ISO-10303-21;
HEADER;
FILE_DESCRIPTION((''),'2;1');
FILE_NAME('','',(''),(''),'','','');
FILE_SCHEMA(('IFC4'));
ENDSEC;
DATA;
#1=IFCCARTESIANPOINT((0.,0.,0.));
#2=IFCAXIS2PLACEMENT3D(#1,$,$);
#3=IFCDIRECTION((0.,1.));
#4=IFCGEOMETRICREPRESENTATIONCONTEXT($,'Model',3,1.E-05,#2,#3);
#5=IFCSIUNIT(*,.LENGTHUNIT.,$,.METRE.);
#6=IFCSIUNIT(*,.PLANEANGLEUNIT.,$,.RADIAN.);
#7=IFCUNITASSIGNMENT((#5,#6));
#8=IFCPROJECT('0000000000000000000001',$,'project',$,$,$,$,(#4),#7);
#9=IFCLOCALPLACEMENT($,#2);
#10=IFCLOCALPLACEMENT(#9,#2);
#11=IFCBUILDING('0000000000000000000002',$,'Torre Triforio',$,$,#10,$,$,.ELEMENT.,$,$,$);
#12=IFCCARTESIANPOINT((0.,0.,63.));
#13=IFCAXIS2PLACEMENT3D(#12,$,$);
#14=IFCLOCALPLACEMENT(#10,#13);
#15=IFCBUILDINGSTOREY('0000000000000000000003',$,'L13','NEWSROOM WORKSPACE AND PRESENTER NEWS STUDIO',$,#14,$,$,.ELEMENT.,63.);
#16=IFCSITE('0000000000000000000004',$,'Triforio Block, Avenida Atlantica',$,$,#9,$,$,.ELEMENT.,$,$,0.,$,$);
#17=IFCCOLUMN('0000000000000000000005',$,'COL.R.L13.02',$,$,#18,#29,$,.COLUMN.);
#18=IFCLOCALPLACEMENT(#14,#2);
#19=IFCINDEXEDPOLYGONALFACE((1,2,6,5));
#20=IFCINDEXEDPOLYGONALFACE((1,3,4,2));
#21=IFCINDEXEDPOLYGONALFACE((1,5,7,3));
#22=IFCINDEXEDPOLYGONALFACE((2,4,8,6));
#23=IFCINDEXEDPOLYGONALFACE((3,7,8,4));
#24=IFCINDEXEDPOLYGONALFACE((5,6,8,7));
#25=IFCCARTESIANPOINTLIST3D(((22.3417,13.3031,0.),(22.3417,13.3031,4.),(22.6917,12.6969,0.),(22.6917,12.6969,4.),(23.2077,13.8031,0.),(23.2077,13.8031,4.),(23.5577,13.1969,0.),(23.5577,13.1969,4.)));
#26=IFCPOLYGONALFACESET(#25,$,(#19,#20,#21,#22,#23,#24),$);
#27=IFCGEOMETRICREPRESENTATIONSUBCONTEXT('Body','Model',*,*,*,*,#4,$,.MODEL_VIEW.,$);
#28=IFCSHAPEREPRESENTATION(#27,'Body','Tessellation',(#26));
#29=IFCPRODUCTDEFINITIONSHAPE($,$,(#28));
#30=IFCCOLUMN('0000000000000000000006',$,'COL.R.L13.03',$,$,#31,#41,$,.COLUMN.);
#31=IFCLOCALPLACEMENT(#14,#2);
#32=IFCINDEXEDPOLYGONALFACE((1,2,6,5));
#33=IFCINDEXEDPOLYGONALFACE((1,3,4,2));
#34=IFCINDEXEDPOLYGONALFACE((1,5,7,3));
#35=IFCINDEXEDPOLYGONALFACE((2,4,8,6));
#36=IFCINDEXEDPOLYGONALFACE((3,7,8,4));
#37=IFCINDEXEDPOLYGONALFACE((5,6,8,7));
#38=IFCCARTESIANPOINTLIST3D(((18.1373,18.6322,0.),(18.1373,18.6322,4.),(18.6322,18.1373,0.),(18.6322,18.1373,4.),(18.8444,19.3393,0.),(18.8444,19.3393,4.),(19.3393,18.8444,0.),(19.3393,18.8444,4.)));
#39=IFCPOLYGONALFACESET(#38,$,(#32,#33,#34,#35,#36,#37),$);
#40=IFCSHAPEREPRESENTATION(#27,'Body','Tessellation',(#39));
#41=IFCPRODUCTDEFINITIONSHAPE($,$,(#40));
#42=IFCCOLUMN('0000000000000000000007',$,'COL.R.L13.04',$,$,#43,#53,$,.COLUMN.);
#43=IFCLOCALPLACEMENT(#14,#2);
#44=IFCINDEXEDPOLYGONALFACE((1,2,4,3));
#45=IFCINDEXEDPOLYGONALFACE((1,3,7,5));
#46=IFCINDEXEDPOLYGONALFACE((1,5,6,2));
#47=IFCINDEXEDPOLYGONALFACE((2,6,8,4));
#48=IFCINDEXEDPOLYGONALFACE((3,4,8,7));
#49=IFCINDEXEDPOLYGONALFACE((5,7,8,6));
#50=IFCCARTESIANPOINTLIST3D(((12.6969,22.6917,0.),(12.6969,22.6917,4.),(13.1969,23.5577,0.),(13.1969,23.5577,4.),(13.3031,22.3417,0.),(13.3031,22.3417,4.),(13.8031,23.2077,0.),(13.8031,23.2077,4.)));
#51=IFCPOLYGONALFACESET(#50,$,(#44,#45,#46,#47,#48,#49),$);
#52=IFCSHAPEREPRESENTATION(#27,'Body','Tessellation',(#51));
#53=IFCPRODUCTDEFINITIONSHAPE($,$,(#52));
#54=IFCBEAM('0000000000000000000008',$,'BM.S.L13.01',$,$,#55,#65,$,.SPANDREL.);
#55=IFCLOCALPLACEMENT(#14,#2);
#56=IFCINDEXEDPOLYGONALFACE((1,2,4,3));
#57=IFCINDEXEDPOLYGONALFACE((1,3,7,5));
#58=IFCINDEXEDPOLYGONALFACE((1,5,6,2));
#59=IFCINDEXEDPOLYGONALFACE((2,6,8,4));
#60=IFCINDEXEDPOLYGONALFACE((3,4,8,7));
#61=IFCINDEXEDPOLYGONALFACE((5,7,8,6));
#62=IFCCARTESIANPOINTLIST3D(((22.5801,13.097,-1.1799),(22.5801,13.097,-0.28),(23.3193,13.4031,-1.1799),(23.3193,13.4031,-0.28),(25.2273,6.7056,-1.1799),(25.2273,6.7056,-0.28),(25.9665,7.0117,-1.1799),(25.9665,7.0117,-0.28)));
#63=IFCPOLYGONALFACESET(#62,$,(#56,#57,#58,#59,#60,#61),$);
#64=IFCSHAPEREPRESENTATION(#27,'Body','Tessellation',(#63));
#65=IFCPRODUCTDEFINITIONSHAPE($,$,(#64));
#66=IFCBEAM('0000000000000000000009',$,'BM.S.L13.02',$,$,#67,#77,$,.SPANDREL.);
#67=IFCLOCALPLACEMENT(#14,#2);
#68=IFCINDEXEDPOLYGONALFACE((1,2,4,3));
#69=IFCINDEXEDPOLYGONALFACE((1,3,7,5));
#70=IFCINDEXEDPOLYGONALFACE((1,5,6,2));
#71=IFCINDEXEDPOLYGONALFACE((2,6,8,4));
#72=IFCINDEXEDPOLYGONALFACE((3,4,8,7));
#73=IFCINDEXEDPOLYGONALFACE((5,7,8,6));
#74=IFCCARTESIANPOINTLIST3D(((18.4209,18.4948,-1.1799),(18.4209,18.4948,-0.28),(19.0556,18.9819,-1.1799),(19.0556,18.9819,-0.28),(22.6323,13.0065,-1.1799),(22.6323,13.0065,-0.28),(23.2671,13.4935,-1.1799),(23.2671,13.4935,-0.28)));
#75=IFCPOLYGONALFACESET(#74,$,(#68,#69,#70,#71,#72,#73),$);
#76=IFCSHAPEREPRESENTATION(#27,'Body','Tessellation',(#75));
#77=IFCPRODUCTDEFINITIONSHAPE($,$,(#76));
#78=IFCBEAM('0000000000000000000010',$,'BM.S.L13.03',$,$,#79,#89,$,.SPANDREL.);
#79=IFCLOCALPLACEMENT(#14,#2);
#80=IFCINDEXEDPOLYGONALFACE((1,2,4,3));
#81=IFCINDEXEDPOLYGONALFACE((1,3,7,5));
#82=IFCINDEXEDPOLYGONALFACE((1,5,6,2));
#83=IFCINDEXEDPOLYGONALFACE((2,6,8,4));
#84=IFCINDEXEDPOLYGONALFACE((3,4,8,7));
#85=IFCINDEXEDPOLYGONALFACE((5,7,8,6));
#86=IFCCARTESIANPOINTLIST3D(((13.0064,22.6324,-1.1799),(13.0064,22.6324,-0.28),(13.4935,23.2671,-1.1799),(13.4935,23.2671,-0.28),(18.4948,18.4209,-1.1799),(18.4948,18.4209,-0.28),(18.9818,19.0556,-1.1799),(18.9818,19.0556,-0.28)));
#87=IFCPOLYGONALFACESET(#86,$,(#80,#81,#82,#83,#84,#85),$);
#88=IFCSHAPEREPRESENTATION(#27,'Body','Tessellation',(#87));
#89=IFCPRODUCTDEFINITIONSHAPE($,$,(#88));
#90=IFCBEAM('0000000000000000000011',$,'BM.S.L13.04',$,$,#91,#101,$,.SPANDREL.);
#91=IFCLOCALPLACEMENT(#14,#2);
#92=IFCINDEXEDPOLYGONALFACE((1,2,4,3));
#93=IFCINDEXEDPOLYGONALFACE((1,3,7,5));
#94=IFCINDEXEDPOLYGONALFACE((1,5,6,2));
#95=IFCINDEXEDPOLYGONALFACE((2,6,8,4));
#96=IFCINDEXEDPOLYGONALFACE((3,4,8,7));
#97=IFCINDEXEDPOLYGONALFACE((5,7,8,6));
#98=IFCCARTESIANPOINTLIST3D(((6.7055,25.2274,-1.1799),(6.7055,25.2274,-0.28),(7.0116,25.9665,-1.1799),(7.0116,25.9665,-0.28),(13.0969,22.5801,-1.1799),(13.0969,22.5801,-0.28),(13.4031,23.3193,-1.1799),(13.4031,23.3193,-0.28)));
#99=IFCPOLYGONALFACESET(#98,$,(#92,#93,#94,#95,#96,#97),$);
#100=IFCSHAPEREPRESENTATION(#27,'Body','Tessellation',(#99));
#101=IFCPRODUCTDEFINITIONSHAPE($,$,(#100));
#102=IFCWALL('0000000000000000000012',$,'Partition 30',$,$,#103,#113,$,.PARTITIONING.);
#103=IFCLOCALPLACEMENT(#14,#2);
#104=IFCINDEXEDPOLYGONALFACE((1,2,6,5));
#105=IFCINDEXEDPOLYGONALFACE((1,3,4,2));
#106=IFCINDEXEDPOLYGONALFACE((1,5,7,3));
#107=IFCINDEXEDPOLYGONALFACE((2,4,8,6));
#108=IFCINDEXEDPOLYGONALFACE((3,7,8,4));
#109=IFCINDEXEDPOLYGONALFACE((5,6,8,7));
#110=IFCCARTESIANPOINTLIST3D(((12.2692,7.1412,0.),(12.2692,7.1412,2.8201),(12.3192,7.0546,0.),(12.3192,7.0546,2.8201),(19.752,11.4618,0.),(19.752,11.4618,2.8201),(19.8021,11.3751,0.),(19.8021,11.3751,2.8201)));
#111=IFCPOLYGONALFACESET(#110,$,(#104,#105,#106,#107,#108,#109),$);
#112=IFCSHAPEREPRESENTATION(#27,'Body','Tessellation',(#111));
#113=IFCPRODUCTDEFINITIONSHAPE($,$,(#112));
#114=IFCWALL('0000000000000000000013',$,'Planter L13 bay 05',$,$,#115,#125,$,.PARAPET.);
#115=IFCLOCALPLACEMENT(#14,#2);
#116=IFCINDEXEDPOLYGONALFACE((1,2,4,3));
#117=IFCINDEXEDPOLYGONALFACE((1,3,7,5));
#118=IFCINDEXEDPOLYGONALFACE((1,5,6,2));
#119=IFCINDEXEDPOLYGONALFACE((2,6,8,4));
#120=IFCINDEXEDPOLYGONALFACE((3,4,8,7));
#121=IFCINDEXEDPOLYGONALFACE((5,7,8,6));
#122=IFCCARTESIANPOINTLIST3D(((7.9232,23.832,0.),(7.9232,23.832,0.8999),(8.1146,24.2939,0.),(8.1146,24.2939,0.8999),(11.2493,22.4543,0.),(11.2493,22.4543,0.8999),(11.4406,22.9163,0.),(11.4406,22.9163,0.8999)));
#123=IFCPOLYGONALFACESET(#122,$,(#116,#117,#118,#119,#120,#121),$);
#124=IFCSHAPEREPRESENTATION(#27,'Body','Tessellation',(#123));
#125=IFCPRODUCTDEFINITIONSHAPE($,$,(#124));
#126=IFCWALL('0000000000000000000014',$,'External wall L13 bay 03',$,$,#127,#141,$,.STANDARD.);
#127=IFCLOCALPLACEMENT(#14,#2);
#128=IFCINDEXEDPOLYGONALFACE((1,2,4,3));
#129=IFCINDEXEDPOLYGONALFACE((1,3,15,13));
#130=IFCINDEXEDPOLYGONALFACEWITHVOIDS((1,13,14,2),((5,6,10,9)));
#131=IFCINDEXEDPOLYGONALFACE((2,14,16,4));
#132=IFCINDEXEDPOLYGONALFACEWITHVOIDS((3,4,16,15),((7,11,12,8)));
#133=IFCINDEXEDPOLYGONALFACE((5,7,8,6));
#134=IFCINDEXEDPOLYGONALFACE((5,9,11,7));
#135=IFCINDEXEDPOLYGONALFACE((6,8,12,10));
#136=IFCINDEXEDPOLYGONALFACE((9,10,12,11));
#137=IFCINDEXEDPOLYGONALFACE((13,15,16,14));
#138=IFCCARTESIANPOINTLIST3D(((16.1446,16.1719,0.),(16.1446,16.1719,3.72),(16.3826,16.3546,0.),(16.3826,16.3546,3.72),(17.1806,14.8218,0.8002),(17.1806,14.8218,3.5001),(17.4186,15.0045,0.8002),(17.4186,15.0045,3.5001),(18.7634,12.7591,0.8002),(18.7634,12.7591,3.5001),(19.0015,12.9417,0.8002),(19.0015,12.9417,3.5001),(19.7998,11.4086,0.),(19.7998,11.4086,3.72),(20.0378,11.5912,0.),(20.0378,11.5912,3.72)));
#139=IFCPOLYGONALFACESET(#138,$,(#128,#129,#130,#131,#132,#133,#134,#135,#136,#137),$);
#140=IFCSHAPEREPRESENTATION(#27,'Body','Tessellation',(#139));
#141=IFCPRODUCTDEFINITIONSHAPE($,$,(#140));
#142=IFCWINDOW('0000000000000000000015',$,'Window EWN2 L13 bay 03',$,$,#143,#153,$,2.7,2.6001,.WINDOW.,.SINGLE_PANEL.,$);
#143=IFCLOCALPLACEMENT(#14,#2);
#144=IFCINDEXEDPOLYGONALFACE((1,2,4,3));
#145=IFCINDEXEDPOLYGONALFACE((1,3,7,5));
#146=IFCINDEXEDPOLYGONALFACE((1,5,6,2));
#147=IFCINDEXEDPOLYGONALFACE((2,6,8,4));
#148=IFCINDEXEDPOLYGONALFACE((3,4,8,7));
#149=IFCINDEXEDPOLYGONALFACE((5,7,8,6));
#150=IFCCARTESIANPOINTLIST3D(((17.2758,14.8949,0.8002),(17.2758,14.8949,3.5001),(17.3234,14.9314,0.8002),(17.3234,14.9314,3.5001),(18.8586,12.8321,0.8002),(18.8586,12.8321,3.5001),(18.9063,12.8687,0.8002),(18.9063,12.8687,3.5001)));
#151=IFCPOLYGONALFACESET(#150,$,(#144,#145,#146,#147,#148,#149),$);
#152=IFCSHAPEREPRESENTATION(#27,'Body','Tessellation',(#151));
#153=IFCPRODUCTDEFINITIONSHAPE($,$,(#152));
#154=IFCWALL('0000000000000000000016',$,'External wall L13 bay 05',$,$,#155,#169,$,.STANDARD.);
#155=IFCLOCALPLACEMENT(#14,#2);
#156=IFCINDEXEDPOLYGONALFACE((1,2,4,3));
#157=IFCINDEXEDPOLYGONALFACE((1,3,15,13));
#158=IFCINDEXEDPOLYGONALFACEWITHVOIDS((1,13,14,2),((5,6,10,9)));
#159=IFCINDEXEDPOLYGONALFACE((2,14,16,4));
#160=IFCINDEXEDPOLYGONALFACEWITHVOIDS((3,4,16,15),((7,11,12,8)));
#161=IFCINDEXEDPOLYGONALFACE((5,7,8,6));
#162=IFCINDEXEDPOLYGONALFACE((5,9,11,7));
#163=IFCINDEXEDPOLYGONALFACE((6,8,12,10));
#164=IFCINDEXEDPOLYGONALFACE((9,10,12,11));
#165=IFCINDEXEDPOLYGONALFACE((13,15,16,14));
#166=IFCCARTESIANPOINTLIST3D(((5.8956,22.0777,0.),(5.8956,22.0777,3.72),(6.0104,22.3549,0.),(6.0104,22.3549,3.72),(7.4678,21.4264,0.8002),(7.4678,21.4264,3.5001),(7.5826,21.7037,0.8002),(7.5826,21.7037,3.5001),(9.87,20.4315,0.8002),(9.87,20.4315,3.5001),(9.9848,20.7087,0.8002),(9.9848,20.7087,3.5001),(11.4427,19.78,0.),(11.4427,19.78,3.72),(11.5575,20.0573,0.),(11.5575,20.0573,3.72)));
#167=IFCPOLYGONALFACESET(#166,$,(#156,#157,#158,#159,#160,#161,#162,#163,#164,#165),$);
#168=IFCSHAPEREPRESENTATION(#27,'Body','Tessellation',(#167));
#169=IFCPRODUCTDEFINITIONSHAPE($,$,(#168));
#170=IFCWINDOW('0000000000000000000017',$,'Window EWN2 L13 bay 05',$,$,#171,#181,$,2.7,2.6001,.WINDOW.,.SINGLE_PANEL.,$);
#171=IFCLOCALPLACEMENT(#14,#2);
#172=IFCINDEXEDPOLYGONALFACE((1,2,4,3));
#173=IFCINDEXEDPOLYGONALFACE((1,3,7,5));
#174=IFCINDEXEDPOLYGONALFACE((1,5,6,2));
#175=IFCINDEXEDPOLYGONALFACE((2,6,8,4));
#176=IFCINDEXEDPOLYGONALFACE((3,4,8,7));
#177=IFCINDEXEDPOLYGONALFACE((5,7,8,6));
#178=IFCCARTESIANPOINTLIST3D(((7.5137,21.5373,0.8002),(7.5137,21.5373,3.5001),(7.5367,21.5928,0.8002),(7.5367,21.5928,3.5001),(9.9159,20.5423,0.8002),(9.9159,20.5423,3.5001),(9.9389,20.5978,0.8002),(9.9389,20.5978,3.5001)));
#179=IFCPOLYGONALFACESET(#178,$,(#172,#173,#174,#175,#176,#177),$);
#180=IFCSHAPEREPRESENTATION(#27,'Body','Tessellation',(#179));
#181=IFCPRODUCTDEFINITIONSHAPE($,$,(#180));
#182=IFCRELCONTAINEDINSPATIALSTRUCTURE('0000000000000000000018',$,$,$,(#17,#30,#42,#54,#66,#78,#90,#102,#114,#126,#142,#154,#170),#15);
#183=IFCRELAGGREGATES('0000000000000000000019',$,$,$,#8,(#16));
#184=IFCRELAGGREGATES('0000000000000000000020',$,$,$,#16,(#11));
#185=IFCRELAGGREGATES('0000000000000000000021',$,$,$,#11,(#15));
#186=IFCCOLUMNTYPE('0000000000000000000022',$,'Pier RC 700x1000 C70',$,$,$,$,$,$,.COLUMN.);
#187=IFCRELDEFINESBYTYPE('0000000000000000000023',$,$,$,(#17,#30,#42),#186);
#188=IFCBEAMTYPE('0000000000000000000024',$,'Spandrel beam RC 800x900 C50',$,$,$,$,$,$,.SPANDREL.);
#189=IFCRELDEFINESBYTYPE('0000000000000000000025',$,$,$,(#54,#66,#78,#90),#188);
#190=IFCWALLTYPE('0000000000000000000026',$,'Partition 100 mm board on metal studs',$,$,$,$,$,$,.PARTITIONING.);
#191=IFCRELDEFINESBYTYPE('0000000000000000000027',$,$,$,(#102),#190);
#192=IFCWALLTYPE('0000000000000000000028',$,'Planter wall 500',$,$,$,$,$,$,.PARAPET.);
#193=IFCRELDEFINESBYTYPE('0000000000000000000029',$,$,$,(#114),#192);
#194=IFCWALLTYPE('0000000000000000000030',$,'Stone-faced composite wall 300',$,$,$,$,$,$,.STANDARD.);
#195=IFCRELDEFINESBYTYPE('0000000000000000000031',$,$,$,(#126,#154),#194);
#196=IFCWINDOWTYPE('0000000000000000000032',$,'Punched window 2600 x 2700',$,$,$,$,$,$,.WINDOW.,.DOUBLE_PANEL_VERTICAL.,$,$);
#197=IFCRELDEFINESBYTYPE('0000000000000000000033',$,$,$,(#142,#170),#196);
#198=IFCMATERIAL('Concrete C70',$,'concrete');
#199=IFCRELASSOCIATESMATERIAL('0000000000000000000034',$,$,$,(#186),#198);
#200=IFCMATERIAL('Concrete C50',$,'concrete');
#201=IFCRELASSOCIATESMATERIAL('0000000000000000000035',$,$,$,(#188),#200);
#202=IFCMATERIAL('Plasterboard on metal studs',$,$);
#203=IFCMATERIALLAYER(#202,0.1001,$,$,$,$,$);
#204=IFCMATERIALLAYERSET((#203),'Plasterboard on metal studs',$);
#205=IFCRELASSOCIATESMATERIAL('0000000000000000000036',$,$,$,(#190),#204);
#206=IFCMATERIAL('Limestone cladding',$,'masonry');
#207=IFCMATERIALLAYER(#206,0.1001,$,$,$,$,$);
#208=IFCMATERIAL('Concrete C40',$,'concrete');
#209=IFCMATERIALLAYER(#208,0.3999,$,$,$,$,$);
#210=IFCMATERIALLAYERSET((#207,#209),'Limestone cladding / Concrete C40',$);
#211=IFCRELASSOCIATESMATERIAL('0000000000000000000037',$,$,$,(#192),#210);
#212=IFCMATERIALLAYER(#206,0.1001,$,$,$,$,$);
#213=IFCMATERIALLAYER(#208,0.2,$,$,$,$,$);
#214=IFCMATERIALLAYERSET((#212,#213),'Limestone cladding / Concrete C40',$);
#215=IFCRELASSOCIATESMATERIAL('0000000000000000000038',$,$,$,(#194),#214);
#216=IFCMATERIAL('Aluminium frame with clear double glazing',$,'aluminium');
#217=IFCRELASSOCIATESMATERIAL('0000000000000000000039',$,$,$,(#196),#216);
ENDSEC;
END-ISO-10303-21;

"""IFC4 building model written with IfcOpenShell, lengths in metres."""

from ifc_helpers import new_model, si_unit, direction, frame, frame_2d, origin, origin_2d, place, context, subcontext, project, spatial, rectangle, extrude, material, layer, layer_set, material_profile, profile_set, type_object, element, fill, save


model = new_model("IFC4")

# Units and contexts
model_context = context("Model", 3, precision=1e-05, world=origin(), true_north=direction((0.0, 1.0)))
body_context = subcontext(model_context, "Body", "Model", "MODEL_VIEW")
ifc_project = project(units=[si_unit("LENGTHUNIT", "METRE"), si_unit("PLANEANGLEUNIT", "RADIAN")], contexts=[model_context])

# Site, building, storey
site_placement = place(None, origin())
site = spatial("IfcSite", under=ifc_project, at=site_placement, Name="Triforio Block, Avenida Atlantica", CompositionType="ELEMENT", RefElevation=0.0)
building_placement = place(site_placement, origin())
building = spatial("IfcBuilding", under=site, at=building_placement, Name="Torre Triforio", CompositionType="ELEMENT")
storey_placement = place(building_placement, frame((0.0, 0.0, 63.0)))
storey = spatial("IfcBuildingStorey", under=building, at=storey_placement, Name="L13", Description="NEWSROOM WORKSPACE AND PRESENTER NEWS STUDIO", CompositionType="ELEMENT", Elevation=63.0)

# Columns
ifc_material_1 = material(Name="Concrete C70", Category="concrete")
ifc_material_profile_1 = material_profile(ifc_material_1, rectangle(XDim=0.7, YDim=1.0, at=origin_2d()), Name="RC 700x1000")
ifc_profile_set_1 = profile_set([ifc_material_profile_1], Name="Concrete C70")
column_type = type_object("IfcColumnType", Name="Pier RC 700x1000 C70", PredefinedType="COLUMN", material=ifc_profile_set_1)
for number, where, z_axis, x_axis, name in (
    (1, (22.9497, 13.25, 0.0), (0.0, 0.0, 1.0), (-0.5, 0.866025, 0.0), "COL.R.L13.02"),
    (2, (18.7383, 18.7383, 0.0), (0.0, 0.0, 1.0), (-0.707107, 0.707107, 0.0), "COL.R.L13.03"),
    (3, (13.25, 22.9497, 0.0), (0.0, 0.0, 1.0), (-0.866025, 0.5, 0.0), "COL.R.L13.04"),
):
    element("IfcColumn", number, at=place(storey_placement, frame(where, z_axis=z_axis, x_axis=x_axis)), inside=storey, type_object=column_type, Name=name, PredefinedType="COLUMN", context=body_context, shape_type="SweptSolid", body=[
        extrude(rectangle(XDim=0.7, YDim=1.0, at=origin_2d()), origin(), (0.0, 0.0, 1.0), 4.0),
    ])

# Beams
ifc_material_2 = material(Name="Concrete C50", Category="concrete")
ifc_material_profile_2 = material_profile(ifc_material_2, rectangle(XDim=0.8, YDim=0.8999, at=origin_2d()), Name="RC 800x900")
ifc_profile_set_2 = profile_set([ifc_material_profile_2], Name="Concrete C50")
beam_type = type_object("IfcBeamType", Name="Spandrel beam RC 800x900 C50", PredefinedType="SPANDREL", material=ifc_profile_set_2)
for number, where, z_axis, x_axis, name in (
    (4, (25.5969, 6.8586, -0.73), (-0.382662, 0.923888, 0.0), (-0.923888, -0.382662, 0.0), "BM.S.L13.01"),
    (5, (22.9497, 13.25, -0.73), (-0.608772, 0.793345, 0.0), (-0.793345, -0.608772, 0.0), "BM.S.L13.02"),
    (6, (18.7383, 18.7383, -0.73), (-0.793345, 0.608772, 0.0), (-0.608772, -0.793345, 0.0), "BM.S.L13.03"),
    (7, (13.25, 22.9497, -0.73), (-0.923888, 0.382662, 0.0), (-0.382662, -0.923888, 0.0), "BM.S.L13.04"),
):
    element("IfcBeam", number, at=place(storey_placement, frame(where, z_axis=z_axis, x_axis=x_axis)), inside=storey, type_object=beam_type, Name=name, PredefinedType="SPANDREL", context=body_context, shape_type="SweptSolid", body=[
        extrude(rectangle(XDim=0.8, YDim=0.8999, at=origin_2d()), origin(), (0.0, 0.0, 1.0), 6.918),
    ])

# Walls
ifc_material_3 = material(Name="Plasterboard on metal studs")
ifc_layer_1 = layer(ifc_material_3, 0.1001)
ifc_layer_set_1 = layer_set([ifc_layer_1], Name="Plasterboard on metal studs")
wall_type_1 = type_object("IfcWallType", Name="Partition 100 mm board on metal studs", PredefinedType="PARTITIONING", material=ifc_layer_set_1)
wall_1_placement = place(storey_placement, frame((12.2942, 7.0979, 0.0), z_axis=(0.0, 0.0, 1.0), x_axis=(0.866011, 0.500026, 0.0)))
element("IfcWall", 8, at=wall_1_placement, inside=storey, type_object=wall_type_1, Name="Partition 30", PredefinedType="PARTITIONING", context=body_context, shape_type="SweptSolid", body=[
    extrude(rectangle(XDim=8.6406, YDim=0.1001, at=frame_2d((4.3203, 0.0))), origin(), (0.0, 0.0, 1.0), 2.8201),
])
ifc_material_4 = material(Name="Limestone cladding", Category="masonry")
ifc_layer_2 = layer(ifc_material_4, 0.1001)
ifc_material_5 = material(Name="Concrete C40", Category="concrete")
ifc_layer_3 = layer(ifc_material_5, 0.3999)
ifc_layer_set_2 = layer_set([ifc_layer_2, ifc_layer_3], Name="Limestone cladding / Concrete C40")
wall_type_2 = type_object("IfcWallType", Name="Planter wall 500", PredefinedType="PARAPET", material=ifc_layer_set_2)
wall_2_placement = place(storey_placement, frame((11.345, 22.6853, 0.0), z_axis=(0.0, 0.0, 1.0), x_axis=(-0.923885, 0.382669, 0.0)))
element("IfcWall", 9, at=wall_2_placement, inside=storey, type_object=wall_type_2, Name="Planter L13 bay 05", PredefinedType="PARAPET", context=body_context, shape_type="SweptSolid", body=[
    extrude(rectangle(XDim=3.6001, YDim=0.5, at=frame_2d((1.8, 0.0))), origin(), (0.0, 0.0, 1.0), 0.8999),
])

# Wall, opening, window
ifc_layer_4 = layer(ifc_material_4, 0.1001)
ifc_layer_5 = layer(ifc_material_5, 0.2)
ifc_layer_set_3 = layer_set([ifc_layer_4, ifc_layer_5], Name="Limestone cladding / Concrete C40")
wall_type_3 = type_object("IfcWallType", Name="Stone-faced composite wall 300", PredefinedType="STANDARD", material=ifc_layer_set_3)
wall_3_placement = place(storey_placement, frame((19.9187, 11.5, 0.0), z_axis=(0.0, 0.0, 1.0), x_axis=(-0.608779, 0.79334, 0.0)))
wall_3 = element("IfcWall", 10, at=wall_3_placement, inside=storey, type_object=wall_type_3, Name="External wall L13 bay 03", PredefinedType="STANDARD", context=body_context, shape_type="SweptSolid", body=[
    extrude(rectangle(XDim=6.0042, YDim=0.3, at=frame_2d((3.002, 0.0))), origin(), (0.0, 0.0, 1.0), 3.72),
])
opening_1_placement = place(wall_3_placement, frame((1.7021, 0.0, 0.8)))
opening_1 = element("IfcOpeningElement", 11, at=opening_1_placement, cuts=wall_3, PredefinedType="OPENING", context=body_context, shape_type="SweptSolid", body=[
    extrude(rectangle(XDim=2.6001, YDim=2.7, at=frame_2d((1.3, 1.3501))), frame((0.0, 0.1599, 0.0), z_axis=(0.0, -1.0, 0.0), x_axis=(1.0, 0.0, 0.0)), (0.0, 0.0, 1.0), 0.3201),
])
ifc_material_6 = material(Name="Aluminium frame with clear double glazing", Category="aluminium")
window_type_1 = type_object("IfcWindowType", Name="Punched window 2600 x 2700", PartitioningType="DOUBLE_PANEL_VERTICAL", PredefinedType="WINDOW", material=ifc_material_6)
window_1_placement = place(opening_1_placement, origin())
window_1 = element("IfcWindow", 12, at=window_1_placement, inside=storey, type_object=window_type_1, Name="Window EWN2 L13 bay 03", OverallHeight=2.7, OverallWidth=2.6001, PartitioningType="SINGLE_PANEL", PredefinedType="WINDOW", context=body_context, shape_type="SweptSolid", body=[
    extrude(rectangle(XDim=2.6001, YDim=2.7, at=frame_2d((1.3, 1.3501))), frame((0.0, 0.03, 0.0), z_axis=(0.0, -1.0, 0.0), x_axis=(1.0, 0.0, 0.0)), (0.0, 0.0, 1.0), 0.0601),
])
fill(opening_1, window_1)

# Wall, opening, window
wall_4_placement = place(storey_placement, frame((11.5, 19.9187, 0.0), z_axis=(0.0, 0.0, 1.0), x_axis=(-0.923885, 0.382671, 0.0)))
wall_4 = element("IfcWall", 13, at=wall_4_placement, inside=storey, type_object=wall_type_3, Name="External wall L13 bay 05", PredefinedType="STANDARD", context=body_context, shape_type="SweptSolid", body=[
    extrude(rectangle(XDim=6.0042, YDim=0.3, at=frame_2d((3.002, 0.0))), origin(), (0.0, 0.0, 1.0), 3.72),
])
opening_2_placement = place(wall_4_placement, frame((1.7021, 0.0, 0.8)))
opening_2 = element("IfcOpeningElement", 14, at=opening_2_placement, cuts=wall_4, PredefinedType="OPENING", context=body_context, shape_type="SweptSolid", body=[
    extrude(rectangle(XDim=2.6001, YDim=2.7, at=frame_2d((1.3, 1.3501))), frame((0.0, 0.1599, 0.0), z_axis=(0.0, -1.0, 0.0), x_axis=(1.0, 0.0, 0.0)), (0.0, 0.0, 1.0), 0.3201),
])
window_2_placement = place(opening_2_placement, origin())
window_2 = element("IfcWindow", 15, at=window_2_placement, inside=storey, type_object=window_type_1, Name="Window EWN2 L13 bay 05", OverallHeight=2.7, OverallWidth=2.6001, PartitioningType="SINGLE_PANEL", PredefinedType="WINDOW", context=body_context, shape_type="SweptSolid", body=[
    extrude(rectangle(XDim=2.6001, YDim=2.7, at=frame_2d((1.3, 1.3501))), frame((0.0, 0.03, 0.0), z_axis=(0.0, -1.0, 0.0), x_axis=(1.0, 0.0, 0.0)), (0.0, 0.0, 1.0), 0.0601),
])
fill(opening_2, window_2)

save(model, "model.ifc")
